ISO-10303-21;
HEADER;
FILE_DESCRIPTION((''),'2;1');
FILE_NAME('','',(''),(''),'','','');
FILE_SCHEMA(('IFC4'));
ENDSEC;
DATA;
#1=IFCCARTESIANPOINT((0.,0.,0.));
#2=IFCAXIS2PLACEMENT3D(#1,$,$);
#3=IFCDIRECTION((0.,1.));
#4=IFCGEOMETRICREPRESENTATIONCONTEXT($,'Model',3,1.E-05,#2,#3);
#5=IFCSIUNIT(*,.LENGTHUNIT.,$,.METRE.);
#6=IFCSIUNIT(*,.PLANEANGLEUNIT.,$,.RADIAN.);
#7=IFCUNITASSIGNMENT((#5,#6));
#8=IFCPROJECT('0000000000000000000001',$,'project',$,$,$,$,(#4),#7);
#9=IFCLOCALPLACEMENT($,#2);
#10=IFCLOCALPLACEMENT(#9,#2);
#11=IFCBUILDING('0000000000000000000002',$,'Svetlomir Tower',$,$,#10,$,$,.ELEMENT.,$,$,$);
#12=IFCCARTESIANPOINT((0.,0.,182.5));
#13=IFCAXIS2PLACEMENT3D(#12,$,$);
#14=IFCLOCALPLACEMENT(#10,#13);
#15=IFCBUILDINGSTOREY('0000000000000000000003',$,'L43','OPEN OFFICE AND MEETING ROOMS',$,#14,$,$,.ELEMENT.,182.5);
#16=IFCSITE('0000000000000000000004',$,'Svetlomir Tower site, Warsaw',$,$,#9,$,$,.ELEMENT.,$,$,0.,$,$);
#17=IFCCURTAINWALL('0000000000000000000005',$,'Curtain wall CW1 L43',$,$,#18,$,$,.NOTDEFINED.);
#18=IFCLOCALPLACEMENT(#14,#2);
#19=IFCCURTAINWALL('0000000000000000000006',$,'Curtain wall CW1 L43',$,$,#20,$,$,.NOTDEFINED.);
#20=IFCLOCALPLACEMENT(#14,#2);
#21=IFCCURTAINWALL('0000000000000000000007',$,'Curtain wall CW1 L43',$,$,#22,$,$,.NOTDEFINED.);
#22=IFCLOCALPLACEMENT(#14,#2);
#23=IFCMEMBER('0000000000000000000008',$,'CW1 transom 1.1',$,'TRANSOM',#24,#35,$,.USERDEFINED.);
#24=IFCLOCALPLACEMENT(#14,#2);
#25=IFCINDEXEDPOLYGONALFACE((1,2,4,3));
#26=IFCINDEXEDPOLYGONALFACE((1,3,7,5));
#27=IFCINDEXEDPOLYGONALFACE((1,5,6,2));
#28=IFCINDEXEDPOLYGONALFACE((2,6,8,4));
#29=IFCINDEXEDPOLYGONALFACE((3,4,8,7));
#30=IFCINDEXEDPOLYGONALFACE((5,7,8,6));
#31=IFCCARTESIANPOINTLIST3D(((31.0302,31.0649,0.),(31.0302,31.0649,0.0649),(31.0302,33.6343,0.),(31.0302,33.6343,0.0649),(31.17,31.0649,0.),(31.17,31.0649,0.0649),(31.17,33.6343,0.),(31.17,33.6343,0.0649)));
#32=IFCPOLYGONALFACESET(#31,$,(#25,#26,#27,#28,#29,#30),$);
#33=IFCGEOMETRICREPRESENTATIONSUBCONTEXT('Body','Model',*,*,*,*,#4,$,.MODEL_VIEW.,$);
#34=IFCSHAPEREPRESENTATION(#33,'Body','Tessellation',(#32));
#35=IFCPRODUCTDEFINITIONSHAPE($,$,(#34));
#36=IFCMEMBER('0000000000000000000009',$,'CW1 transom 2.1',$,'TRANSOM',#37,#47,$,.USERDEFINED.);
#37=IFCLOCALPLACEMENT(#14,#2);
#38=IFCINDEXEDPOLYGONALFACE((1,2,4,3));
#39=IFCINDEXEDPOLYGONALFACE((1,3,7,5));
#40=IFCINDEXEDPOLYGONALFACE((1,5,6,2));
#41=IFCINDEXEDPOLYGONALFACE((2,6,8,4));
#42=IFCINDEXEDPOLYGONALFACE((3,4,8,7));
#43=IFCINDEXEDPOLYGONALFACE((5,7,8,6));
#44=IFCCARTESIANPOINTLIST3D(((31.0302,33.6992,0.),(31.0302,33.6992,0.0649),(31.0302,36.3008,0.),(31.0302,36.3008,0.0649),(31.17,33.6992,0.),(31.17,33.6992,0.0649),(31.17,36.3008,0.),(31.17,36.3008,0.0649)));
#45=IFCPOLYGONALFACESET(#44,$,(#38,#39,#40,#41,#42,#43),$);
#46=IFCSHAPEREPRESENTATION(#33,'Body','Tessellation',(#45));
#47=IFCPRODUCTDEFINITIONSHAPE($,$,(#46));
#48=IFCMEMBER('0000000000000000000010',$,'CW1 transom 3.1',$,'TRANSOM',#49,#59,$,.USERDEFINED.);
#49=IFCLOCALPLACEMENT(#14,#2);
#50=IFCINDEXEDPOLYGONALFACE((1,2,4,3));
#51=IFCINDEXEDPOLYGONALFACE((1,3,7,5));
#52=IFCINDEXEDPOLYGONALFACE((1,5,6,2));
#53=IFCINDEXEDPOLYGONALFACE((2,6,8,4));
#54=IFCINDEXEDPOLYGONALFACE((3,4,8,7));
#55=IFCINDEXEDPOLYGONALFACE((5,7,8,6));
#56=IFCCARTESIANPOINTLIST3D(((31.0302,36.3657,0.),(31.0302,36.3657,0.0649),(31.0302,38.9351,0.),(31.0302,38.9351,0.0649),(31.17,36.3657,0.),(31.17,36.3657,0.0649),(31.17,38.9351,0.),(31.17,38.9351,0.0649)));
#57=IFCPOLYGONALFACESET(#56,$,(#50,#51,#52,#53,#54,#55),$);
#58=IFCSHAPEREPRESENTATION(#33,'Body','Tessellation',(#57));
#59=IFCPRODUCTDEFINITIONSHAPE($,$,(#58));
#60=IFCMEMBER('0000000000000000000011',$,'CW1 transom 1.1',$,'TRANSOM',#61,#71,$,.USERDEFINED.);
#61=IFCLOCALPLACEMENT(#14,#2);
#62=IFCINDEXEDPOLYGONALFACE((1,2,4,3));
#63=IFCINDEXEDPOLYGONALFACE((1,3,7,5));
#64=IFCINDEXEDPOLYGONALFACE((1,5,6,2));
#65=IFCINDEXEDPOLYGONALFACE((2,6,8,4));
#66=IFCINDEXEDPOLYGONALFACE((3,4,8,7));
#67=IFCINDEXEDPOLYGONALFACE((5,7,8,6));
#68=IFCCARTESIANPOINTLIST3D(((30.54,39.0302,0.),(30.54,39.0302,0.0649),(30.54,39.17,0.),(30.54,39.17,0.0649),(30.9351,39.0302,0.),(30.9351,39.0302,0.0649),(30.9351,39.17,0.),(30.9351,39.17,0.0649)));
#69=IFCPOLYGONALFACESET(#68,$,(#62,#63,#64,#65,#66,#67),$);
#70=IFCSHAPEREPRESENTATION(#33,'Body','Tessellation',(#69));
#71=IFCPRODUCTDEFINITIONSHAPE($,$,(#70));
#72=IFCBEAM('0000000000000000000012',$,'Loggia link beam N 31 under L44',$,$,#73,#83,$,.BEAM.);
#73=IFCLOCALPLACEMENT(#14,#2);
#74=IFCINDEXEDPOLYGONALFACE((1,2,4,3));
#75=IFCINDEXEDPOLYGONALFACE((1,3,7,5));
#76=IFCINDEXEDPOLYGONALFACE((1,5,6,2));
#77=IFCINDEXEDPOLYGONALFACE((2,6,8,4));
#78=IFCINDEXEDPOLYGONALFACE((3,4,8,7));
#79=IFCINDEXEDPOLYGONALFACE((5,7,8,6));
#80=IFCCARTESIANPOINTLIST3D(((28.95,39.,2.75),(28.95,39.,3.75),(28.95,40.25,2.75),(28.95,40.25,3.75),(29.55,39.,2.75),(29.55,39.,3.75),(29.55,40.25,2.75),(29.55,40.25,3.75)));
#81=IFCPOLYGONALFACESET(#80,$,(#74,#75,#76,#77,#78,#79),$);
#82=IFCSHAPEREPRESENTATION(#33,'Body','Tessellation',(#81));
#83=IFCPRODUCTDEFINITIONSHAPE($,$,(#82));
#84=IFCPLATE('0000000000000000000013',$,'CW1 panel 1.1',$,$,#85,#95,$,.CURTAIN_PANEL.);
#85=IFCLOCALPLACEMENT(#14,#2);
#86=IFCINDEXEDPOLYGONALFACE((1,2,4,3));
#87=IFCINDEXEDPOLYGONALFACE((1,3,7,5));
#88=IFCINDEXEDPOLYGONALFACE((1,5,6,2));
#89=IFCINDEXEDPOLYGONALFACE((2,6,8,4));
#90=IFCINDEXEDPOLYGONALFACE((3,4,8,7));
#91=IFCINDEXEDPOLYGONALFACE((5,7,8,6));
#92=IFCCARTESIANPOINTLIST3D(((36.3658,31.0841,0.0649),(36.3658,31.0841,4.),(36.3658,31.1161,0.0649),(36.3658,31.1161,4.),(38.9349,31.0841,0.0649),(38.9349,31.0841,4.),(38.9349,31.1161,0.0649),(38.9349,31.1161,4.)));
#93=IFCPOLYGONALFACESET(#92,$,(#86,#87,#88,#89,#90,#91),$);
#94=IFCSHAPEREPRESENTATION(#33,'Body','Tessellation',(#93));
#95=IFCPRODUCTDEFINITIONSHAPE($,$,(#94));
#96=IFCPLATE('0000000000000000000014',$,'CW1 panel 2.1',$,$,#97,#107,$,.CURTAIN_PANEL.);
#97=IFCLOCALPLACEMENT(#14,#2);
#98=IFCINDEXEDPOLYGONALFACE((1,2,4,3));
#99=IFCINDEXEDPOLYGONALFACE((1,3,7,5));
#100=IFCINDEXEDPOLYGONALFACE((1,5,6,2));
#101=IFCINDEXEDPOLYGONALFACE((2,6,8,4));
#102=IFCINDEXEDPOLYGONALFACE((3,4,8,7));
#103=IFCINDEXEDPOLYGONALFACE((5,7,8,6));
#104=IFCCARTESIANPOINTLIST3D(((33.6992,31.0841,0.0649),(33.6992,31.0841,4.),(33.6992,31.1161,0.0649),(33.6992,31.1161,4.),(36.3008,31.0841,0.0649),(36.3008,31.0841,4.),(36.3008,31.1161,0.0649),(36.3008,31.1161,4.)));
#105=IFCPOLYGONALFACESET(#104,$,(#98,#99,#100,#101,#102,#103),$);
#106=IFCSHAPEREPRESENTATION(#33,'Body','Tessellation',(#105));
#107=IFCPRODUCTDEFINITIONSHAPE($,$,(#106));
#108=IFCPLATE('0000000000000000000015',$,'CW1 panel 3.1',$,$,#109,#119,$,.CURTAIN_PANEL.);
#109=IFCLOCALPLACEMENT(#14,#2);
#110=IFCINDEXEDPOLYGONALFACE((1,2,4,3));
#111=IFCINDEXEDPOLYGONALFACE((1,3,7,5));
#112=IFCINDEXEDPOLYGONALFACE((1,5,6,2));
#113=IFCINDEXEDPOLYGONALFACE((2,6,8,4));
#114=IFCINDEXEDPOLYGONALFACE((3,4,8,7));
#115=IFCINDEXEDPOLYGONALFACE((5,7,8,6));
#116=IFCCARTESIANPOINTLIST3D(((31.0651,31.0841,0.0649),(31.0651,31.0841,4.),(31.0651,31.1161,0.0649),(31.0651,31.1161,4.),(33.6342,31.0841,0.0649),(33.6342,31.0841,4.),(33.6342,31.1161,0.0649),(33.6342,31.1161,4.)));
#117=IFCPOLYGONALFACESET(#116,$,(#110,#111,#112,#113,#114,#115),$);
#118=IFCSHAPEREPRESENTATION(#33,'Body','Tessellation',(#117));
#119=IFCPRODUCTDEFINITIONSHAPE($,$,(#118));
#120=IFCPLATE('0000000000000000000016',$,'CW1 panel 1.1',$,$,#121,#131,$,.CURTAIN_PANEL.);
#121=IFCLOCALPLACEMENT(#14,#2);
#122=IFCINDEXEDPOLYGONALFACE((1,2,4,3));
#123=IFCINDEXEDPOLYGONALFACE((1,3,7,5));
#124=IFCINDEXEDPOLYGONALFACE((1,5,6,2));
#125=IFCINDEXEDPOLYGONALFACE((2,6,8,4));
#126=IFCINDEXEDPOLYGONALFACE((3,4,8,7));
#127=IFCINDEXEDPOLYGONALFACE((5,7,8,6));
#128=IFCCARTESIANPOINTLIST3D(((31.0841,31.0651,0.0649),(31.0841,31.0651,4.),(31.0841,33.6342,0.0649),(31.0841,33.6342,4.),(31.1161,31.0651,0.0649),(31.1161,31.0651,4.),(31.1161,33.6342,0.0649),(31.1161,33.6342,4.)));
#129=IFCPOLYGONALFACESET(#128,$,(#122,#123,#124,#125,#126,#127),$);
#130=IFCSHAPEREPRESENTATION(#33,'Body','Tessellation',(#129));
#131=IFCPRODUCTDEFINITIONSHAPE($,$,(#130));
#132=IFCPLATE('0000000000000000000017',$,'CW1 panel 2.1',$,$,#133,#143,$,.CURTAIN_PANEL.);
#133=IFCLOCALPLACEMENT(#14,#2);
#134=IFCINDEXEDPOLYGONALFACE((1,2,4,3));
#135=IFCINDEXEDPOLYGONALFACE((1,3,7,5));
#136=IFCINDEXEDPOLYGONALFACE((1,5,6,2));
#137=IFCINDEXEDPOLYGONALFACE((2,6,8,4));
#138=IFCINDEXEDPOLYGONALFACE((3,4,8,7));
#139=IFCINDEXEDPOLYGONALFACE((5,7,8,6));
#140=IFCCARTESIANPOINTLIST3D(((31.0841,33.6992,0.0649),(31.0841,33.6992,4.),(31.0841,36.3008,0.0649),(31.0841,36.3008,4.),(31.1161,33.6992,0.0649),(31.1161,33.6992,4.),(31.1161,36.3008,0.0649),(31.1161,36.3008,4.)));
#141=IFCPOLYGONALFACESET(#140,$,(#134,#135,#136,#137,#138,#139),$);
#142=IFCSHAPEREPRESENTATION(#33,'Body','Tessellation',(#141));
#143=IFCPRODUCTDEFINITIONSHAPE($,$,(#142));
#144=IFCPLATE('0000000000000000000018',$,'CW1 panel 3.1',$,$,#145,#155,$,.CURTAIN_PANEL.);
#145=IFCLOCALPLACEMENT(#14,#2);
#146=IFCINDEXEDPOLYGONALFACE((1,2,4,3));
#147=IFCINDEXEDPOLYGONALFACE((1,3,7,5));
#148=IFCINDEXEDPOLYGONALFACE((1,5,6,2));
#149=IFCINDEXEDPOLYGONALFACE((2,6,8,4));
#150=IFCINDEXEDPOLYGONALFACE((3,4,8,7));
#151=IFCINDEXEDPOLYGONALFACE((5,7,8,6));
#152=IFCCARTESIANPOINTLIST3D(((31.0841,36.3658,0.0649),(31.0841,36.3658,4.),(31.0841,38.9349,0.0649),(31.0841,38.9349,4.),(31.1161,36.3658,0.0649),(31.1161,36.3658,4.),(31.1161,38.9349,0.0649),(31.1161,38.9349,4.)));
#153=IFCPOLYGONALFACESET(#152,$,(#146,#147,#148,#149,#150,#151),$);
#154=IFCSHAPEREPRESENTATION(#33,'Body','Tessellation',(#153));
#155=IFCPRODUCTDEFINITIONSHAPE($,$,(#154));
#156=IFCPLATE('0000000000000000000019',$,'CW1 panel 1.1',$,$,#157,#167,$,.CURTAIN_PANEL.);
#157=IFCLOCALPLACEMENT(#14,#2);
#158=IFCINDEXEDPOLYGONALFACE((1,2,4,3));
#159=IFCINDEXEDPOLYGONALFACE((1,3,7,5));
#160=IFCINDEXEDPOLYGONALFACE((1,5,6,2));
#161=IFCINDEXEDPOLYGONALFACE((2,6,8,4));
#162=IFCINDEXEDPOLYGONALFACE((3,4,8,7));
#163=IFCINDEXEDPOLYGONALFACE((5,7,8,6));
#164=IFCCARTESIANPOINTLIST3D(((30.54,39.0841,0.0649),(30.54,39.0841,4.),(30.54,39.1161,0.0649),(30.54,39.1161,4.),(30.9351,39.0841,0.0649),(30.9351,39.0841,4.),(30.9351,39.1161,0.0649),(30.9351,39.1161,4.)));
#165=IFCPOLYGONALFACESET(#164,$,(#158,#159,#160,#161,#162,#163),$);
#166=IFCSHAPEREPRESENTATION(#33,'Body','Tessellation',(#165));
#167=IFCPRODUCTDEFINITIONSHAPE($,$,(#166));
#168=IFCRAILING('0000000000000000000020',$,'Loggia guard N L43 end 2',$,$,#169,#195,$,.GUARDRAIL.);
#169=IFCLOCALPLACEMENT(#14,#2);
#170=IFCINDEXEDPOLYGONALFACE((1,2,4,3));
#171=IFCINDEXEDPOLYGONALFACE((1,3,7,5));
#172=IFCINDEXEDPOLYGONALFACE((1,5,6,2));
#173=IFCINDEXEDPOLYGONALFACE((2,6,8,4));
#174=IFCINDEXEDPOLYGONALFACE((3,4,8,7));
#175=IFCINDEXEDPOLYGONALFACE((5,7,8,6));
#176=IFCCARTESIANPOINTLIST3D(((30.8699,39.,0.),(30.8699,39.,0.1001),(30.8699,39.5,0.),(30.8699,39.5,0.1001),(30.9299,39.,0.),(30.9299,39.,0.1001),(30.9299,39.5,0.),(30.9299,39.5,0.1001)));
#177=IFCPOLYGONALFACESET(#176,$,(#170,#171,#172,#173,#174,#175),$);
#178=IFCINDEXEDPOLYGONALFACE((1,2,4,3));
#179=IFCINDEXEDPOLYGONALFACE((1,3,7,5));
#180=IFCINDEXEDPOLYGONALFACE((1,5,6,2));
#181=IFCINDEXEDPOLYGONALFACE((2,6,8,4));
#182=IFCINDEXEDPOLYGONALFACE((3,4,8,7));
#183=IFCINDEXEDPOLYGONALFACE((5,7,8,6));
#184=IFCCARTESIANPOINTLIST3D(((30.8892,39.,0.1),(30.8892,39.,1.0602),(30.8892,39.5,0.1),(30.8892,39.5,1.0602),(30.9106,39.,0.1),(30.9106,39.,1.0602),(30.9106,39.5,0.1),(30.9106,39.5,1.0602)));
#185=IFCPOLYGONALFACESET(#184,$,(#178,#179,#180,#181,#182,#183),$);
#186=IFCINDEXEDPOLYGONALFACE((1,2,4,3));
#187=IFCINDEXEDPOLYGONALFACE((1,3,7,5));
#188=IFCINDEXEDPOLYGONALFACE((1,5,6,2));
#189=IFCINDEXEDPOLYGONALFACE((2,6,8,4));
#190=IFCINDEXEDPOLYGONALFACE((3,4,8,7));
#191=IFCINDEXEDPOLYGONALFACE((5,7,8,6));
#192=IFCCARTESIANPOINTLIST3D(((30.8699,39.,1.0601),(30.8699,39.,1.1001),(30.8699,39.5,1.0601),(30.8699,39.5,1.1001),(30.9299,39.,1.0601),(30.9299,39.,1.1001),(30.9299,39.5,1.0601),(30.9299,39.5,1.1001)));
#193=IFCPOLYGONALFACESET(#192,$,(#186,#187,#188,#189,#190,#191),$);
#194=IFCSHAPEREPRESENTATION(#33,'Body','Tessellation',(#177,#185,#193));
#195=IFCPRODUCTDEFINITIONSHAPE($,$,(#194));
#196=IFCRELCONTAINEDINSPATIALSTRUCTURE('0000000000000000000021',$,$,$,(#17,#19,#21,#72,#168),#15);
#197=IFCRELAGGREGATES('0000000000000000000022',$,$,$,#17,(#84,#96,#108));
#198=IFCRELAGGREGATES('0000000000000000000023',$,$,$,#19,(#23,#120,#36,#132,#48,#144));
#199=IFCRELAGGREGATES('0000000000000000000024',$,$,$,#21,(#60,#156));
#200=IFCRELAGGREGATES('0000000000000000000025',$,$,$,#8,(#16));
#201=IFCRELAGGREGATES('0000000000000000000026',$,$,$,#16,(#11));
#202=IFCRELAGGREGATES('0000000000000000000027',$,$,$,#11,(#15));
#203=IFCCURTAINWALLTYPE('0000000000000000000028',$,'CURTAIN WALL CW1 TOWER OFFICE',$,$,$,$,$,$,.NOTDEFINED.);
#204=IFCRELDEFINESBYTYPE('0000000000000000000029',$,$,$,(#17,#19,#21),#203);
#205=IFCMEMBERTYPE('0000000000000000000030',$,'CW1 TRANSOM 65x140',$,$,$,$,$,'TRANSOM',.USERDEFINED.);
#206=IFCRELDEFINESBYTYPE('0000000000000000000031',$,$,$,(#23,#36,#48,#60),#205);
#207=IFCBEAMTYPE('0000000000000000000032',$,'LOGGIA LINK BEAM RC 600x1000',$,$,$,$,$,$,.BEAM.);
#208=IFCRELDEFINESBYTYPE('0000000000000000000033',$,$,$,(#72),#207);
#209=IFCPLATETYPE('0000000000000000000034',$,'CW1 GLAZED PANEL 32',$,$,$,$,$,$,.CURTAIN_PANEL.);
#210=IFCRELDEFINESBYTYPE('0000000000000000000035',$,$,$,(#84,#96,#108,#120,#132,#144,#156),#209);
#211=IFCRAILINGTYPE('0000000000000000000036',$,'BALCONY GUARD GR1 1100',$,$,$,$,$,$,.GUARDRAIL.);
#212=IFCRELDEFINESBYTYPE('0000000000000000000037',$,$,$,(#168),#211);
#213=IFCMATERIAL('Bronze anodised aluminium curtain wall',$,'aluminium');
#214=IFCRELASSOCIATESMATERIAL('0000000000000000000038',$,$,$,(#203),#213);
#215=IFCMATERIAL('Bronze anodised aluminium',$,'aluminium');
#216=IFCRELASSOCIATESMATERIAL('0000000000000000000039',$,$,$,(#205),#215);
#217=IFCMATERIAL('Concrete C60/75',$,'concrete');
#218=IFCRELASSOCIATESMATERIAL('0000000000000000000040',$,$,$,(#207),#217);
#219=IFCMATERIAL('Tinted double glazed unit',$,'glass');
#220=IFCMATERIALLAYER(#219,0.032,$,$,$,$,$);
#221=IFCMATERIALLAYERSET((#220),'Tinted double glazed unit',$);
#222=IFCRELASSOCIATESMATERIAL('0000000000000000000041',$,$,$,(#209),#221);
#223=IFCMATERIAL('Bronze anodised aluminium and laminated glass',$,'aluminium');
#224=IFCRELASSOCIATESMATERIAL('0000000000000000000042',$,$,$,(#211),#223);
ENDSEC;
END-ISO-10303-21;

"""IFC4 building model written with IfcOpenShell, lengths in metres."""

from ifc_helpers import new_model, si_unit, direction, frame, origin, origin_2d, place, context, subcontext, project, spatial, rectangle, extrude, material, layer, layer_set, material_profile, profile_set, type_object, element, aggregate, save


model = new_model("IFC4")

# Units and contexts
model_context = context("Model", 3, precision=1e-05, world=origin(), true_north=direction((0.0, 1.0)))
body_context = subcontext(model_context, "Body", "Model", "MODEL_VIEW")
ifc_project = project(units=[si_unit("LENGTHUNIT", "METRE"), si_unit("PLANEANGLEUNIT", "RADIAN")], contexts=[model_context])

# Site, building, storey
site_placement = place(None, origin())
site = spatial("IfcSite", under=ifc_project, at=site_placement, Name="Svetlomir Tower site, Warsaw", CompositionType="ELEMENT", RefElevation=0.0)
building_placement = place(site_placement, origin())
building = spatial("IfcBuilding", under=site, at=building_placement, Name="Svetlomir Tower", CompositionType="ELEMENT")
storey_placement = place(building_placement, frame((0.0, 0.0, 182.5)))
storey = spatial("IfcBuildingStorey", under=building, at=storey_placement, Name="L43", Description="OPEN OFFICE AND MEETING ROOMS", CompositionType="ELEMENT", Elevation=182.5)

# Curtain walls
ifc_material_1 = material(Name="Bronze anodised aluminium curtain wall", Category="aluminium")
curtain_wall_type = type_object("IfcCurtainWallType", Name="CURTAIN WALL CW1 TOWER OFFICE", PredefinedType="NOTDEFINED", material=ifc_material_1)
curtain_wall_1_placement = place(storey_placement, origin())
curtain_wall_1 = element("IfcCurtainWall", 1, at=curtain_wall_1_placement, inside=storey, type_object=curtain_wall_type, Name="Curtain wall CW1 L43", PredefinedType="NOTDEFINED")
curtain_wall_2_placement = place(storey_placement, origin())
curtain_wall_2 = element("IfcCurtainWall", 2, at=curtain_wall_2_placement, inside=storey, type_object=curtain_wall_type, Name="Curtain wall CW1 L43", PredefinedType="NOTDEFINED")

# Curtain wall
curtain_wall_3_placement = place(storey_placement, origin())
curtain_wall_3 = element("IfcCurtainWall", 3, at=curtain_wall_3_placement, inside=storey, type_object=curtain_wall_type, Name="Curtain wall CW1 L43", PredefinedType="NOTDEFINED")

# Members
ifc_material_2 = material(Name="Bronze anodised aluminium", Category="aluminium")
ifc_material_profile_1 = material_profile(ifc_material_2, rectangle(XDim=0.1399, YDim=0.0649, at=origin_2d()), Name="AL 140x65")
ifc_profile_set_1 = profile_set([ifc_material_profile_1], Name="Bronze anodised aluminium 6063-T6")
member_type_1 = type_object("IfcMemberType", Name="CW1 TRANSOM 65x140", ElementType="TRANSOM", PredefinedType="USERDEFINED", material=ifc_profile_set_1)
member_1_placement = place(storey_placement, frame((31.1001, 31.0649, 0.0325), z_axis=(0.0, 1.0, 0.0), x_axis=(-1.0, 0.0, 0.0)))
member_1 = element("IfcMember", 4, at=member_1_placement, type_object=member_type_1, Name="CW1 transom 1.1", ObjectType="TRANSOM", PredefinedType="USERDEFINED", context=body_context, shape_type="SweptSolid", body=[
    extrude(rectangle(XDim=0.1399, YDim=0.0649, at=origin_2d()), origin(), (0.0, 0.0, 1.0), 2.5693),
])
member_2_placement = place(storey_placement, frame((31.1001, 33.6992, 0.0325), z_axis=(0.0, 1.0, 0.0), x_axis=(-1.0, 0.0, 0.0)))
member_2 = element("IfcMember", 5, at=member_2_placement, type_object=member_type_1, Name="CW1 transom 2.1", ObjectType="TRANSOM", PredefinedType="USERDEFINED", context=body_context, shape_type="SweptSolid", body=[
    extrude(rectangle(XDim=0.1399, YDim=0.0649, at=origin_2d()), origin(), (0.0, 0.0, 1.0), 2.6016),
])
member_3_placement = place(storey_placement, frame((31.1001, 36.3657, 0.0325), z_axis=(0.0, 1.0, 0.0), x_axis=(-1.0, 0.0, 0.0)))
member_3 = element("IfcMember", 6, at=member_3_placement, type_object=member_type_1, Name="CW1 transom 3.1", ObjectType="TRANSOM", PredefinedType="USERDEFINED", context=body_context, shape_type="SweptSolid", body=[
    extrude(rectangle(XDim=0.1399, YDim=0.0649, at=origin_2d()), origin(), (0.0, 0.0, 1.0), 2.5693),
])
member_4_placement = place(storey_placement, frame((30.9351, 39.1001, 0.0325), z_axis=(-1.0, 0.0, 0.0), x_axis=(0.0, -1.0, 0.0)))
member_4 = element("IfcMember", 7, at=member_4_placement, type_object=member_type_1, Name="CW1 transom 1.1", ObjectType="TRANSOM", PredefinedType="USERDEFINED", context=body_context, shape_type="SweptSolid", body=[
    extrude(rectangle(XDim=0.1399, YDim=0.0649, at=origin_2d()), origin(), (0.0, 0.0, 1.0), 0.395),
])

# Beam
ifc_material_3 = material(Name="Concrete C60/75", Category="concrete")
ifc_material_profile_2 = material_profile(ifc_material_3, rectangle(XDim=0.6001, YDim=1.0, at=origin_2d()), Name="RC 600x1000")
ifc_profile_set_2 = profile_set([ifc_material_profile_2], Name="Concrete C60/75")
beam_type = type_object("IfcBeamType", Name="LOGGIA LINK BEAM RC 600x1000", PredefinedType="BEAM", material=ifc_profile_set_2)
beam_placement = place(storey_placement, frame((29.25, 40.25, 3.25), z_axis=(0.0, -1.0, 0.0), x_axis=(1.0, 0.0, 0.0)))
element("IfcBeam", 8, at=beam_placement, inside=storey, type_object=beam_type, Name="Loggia link beam N 31 under L44", PredefinedType="BEAM", context=body_context, shape_type="SweptSolid", body=[
    extrude(rectangle(XDim=0.6001, YDim=1.0, at=origin_2d()), origin(), (0.0, 0.0, 1.0), 1.25),
])

# Plates
ifc_material_4 = material(Name="Tinted double glazed unit", Category="glass")
ifc_layer = layer(ifc_material_4, 0.032)
ifc_layer_set = layer_set([ifc_layer], Name="Tinted double glazed unit")
plate_type = type_object("IfcPlateType", Name="CW1 GLAZED PANEL 32", PredefinedType="CURTAIN_PANEL", material=ifc_layer_set)
plate_1_placement = place(storey_placement, frame((37.6504, 31.1001, 0.0649), z_axis=(0.0, 0.0, 1.0), x_axis=(-1.0, 0.0, 0.0)))
plate_1 = element("IfcPlate", 9, at=plate_1_placement, type_object=plate_type, Name="CW1 panel 1.1", PredefinedType="CURTAIN_PANEL", context=body_context, shape_type="SweptSolid", body=[
    extrude(rectangle(XDim=2.5691, YDim=0.032, at=origin_2d()), origin(), (0.0, 0.0, 1.0), 3.9351),
])
plate_2_placement = place(storey_placement, frame((35.0, 31.1001, 0.0649), z_axis=(0.0, 0.0, 1.0), x_axis=(-1.0, 0.0, 0.0)))
plate_2 = element("IfcPlate", 10, at=plate_2_placement, type_object=plate_type, Name="CW1 panel 2.1", PredefinedType="CURTAIN_PANEL", context=body_context, shape_type="SweptSolid", body=[
    extrude(rectangle(XDim=2.6016, YDim=0.032, at=origin_2d()), origin(), (0.0, 0.0, 1.0), 3.9351),
])
plate_3_placement = place(storey_placement, frame((32.3496, 31.1001, 0.0649), z_axis=(0.0, 0.0, 1.0), x_axis=(-1.0, 0.0, 0.0)))
plate_3 = element("IfcPlate", 11, at=plate_3_placement, type_object=plate_type, Name="CW1 panel 3.1", PredefinedType="CURTAIN_PANEL", context=body_context, shape_type="SweptSolid", body=[
    extrude(rectangle(XDim=2.5691, YDim=0.032, at=origin_2d()), origin(), (0.0, 0.0, 1.0), 3.9351),
])
aggregate(curtain_wall_1, [plate_1, plate_2, plate_3])
plate_4_placement = place(storey_placement, frame((31.1001, 32.3496, 0.0649), z_axis=(0.0, 0.0, 1.0), x_axis=(0.0, 1.0, 0.0)))
plate_4 = element("IfcPlate", 12, at=plate_4_placement, type_object=plate_type, Name="CW1 panel 1.1", PredefinedType="CURTAIN_PANEL", context=body_context, shape_type="SweptSolid", body=[
    extrude(rectangle(XDim=2.5691, YDim=0.032, at=origin_2d()), origin(), (0.0, 0.0, 1.0), 3.9351),
])
plate_5_placement = place(storey_placement, frame((31.1001, 35.0, 0.0649), z_axis=(0.0, 0.0, 1.0), x_axis=(0.0, 1.0, 0.0)))
plate_5 = element("IfcPlate", 13, at=plate_5_placement, type_object=plate_type, Name="CW1 panel 2.1", PredefinedType="CURTAIN_PANEL", context=body_context, shape_type="SweptSolid", body=[
    extrude(rectangle(XDim=2.6016, YDim=0.032, at=origin_2d()), origin(), (0.0, 0.0, 1.0), 3.9351),
])
plate_6_placement = place(storey_placement, frame((31.1001, 37.6504, 0.0649), z_axis=(0.0, 0.0, 1.0), x_axis=(0.0, 1.0, 0.0)))
plate_6 = element("IfcPlate", 14, at=plate_6_placement, type_object=plate_type, Name="CW1 panel 3.1", PredefinedType="CURTAIN_PANEL", context=body_context, shape_type="SweptSolid", body=[
    extrude(rectangle(XDim=2.5691, YDim=0.032, at=origin_2d()), origin(), (0.0, 0.0, 1.0), 3.9351),
])
aggregate(curtain_wall_2, [member_1, plate_4, member_2, plate_5, member_3, plate_6])
plate_7_placement = place(storey_placement, frame((30.7375, 39.1001, 0.0649), z_axis=(0.0, 0.0, 1.0), x_axis=(-1.0, 0.0, 0.0)))
plate_7 = element("IfcPlate", 15, at=plate_7_placement, type_object=plate_type, Name="CW1 panel 1.1", PredefinedType="CURTAIN_PANEL", context=body_context, shape_type="SweptSolid", body=[
    extrude(rectangle(XDim=0.395, YDim=0.032, at=origin_2d()), origin(), (0.0, 0.0, 1.0), 3.9351),
])
aggregate(curtain_wall_3, [member_4, plate_7])

# Railing
ifc_material_5 = material(Name="Bronze anodised aluminium and laminated glass", Category="aluminium")
railing_type = type_object("IfcRailingType", Name="BALCONY GUARD GR1 1100", PredefinedType="GUARDRAIL", material=ifc_material_5)
railing_placement = place(storey_placement, frame((30.8999, 39.5, 0.0)))
element("IfcRailing", 16, at=railing_placement, inside=storey, type_object=railing_type, Name="Loggia guard N L43 end 2", PredefinedType="GUARDRAIL", context=body_context, shape_type="SweptSolid", body=[
    extrude(rectangle(XDim=0.0601, YDim=0.1001, at=origin_2d()), frame((0.0, 0.0, 0.05), z_axis=(0.0, -1.0, 0.0), x_axis=(1.0, 0.0, 0.0)), (0.0, 0.0, 1.0), 0.5),
    extrude(rectangle(XDim=0.0215, YDim=0.9602, at=origin_2d()), frame((0.0, 0.0, 0.5801), z_axis=(0.0, -1.0, 0.0), x_axis=(1.0, 0.0, 0.0)), (0.0, 0.0, 1.0), 0.5),
    extrude(rectangle(XDim=0.0601, YDim=0.04, at=origin_2d()), frame((0.0, 0.0, 1.0801), z_axis=(0.0, -1.0, 0.0), x_axis=(1.0, 0.0, 0.0)), (0.0, 0.0, 1.0), 0.5),
])

save(model, "model.ifc")
